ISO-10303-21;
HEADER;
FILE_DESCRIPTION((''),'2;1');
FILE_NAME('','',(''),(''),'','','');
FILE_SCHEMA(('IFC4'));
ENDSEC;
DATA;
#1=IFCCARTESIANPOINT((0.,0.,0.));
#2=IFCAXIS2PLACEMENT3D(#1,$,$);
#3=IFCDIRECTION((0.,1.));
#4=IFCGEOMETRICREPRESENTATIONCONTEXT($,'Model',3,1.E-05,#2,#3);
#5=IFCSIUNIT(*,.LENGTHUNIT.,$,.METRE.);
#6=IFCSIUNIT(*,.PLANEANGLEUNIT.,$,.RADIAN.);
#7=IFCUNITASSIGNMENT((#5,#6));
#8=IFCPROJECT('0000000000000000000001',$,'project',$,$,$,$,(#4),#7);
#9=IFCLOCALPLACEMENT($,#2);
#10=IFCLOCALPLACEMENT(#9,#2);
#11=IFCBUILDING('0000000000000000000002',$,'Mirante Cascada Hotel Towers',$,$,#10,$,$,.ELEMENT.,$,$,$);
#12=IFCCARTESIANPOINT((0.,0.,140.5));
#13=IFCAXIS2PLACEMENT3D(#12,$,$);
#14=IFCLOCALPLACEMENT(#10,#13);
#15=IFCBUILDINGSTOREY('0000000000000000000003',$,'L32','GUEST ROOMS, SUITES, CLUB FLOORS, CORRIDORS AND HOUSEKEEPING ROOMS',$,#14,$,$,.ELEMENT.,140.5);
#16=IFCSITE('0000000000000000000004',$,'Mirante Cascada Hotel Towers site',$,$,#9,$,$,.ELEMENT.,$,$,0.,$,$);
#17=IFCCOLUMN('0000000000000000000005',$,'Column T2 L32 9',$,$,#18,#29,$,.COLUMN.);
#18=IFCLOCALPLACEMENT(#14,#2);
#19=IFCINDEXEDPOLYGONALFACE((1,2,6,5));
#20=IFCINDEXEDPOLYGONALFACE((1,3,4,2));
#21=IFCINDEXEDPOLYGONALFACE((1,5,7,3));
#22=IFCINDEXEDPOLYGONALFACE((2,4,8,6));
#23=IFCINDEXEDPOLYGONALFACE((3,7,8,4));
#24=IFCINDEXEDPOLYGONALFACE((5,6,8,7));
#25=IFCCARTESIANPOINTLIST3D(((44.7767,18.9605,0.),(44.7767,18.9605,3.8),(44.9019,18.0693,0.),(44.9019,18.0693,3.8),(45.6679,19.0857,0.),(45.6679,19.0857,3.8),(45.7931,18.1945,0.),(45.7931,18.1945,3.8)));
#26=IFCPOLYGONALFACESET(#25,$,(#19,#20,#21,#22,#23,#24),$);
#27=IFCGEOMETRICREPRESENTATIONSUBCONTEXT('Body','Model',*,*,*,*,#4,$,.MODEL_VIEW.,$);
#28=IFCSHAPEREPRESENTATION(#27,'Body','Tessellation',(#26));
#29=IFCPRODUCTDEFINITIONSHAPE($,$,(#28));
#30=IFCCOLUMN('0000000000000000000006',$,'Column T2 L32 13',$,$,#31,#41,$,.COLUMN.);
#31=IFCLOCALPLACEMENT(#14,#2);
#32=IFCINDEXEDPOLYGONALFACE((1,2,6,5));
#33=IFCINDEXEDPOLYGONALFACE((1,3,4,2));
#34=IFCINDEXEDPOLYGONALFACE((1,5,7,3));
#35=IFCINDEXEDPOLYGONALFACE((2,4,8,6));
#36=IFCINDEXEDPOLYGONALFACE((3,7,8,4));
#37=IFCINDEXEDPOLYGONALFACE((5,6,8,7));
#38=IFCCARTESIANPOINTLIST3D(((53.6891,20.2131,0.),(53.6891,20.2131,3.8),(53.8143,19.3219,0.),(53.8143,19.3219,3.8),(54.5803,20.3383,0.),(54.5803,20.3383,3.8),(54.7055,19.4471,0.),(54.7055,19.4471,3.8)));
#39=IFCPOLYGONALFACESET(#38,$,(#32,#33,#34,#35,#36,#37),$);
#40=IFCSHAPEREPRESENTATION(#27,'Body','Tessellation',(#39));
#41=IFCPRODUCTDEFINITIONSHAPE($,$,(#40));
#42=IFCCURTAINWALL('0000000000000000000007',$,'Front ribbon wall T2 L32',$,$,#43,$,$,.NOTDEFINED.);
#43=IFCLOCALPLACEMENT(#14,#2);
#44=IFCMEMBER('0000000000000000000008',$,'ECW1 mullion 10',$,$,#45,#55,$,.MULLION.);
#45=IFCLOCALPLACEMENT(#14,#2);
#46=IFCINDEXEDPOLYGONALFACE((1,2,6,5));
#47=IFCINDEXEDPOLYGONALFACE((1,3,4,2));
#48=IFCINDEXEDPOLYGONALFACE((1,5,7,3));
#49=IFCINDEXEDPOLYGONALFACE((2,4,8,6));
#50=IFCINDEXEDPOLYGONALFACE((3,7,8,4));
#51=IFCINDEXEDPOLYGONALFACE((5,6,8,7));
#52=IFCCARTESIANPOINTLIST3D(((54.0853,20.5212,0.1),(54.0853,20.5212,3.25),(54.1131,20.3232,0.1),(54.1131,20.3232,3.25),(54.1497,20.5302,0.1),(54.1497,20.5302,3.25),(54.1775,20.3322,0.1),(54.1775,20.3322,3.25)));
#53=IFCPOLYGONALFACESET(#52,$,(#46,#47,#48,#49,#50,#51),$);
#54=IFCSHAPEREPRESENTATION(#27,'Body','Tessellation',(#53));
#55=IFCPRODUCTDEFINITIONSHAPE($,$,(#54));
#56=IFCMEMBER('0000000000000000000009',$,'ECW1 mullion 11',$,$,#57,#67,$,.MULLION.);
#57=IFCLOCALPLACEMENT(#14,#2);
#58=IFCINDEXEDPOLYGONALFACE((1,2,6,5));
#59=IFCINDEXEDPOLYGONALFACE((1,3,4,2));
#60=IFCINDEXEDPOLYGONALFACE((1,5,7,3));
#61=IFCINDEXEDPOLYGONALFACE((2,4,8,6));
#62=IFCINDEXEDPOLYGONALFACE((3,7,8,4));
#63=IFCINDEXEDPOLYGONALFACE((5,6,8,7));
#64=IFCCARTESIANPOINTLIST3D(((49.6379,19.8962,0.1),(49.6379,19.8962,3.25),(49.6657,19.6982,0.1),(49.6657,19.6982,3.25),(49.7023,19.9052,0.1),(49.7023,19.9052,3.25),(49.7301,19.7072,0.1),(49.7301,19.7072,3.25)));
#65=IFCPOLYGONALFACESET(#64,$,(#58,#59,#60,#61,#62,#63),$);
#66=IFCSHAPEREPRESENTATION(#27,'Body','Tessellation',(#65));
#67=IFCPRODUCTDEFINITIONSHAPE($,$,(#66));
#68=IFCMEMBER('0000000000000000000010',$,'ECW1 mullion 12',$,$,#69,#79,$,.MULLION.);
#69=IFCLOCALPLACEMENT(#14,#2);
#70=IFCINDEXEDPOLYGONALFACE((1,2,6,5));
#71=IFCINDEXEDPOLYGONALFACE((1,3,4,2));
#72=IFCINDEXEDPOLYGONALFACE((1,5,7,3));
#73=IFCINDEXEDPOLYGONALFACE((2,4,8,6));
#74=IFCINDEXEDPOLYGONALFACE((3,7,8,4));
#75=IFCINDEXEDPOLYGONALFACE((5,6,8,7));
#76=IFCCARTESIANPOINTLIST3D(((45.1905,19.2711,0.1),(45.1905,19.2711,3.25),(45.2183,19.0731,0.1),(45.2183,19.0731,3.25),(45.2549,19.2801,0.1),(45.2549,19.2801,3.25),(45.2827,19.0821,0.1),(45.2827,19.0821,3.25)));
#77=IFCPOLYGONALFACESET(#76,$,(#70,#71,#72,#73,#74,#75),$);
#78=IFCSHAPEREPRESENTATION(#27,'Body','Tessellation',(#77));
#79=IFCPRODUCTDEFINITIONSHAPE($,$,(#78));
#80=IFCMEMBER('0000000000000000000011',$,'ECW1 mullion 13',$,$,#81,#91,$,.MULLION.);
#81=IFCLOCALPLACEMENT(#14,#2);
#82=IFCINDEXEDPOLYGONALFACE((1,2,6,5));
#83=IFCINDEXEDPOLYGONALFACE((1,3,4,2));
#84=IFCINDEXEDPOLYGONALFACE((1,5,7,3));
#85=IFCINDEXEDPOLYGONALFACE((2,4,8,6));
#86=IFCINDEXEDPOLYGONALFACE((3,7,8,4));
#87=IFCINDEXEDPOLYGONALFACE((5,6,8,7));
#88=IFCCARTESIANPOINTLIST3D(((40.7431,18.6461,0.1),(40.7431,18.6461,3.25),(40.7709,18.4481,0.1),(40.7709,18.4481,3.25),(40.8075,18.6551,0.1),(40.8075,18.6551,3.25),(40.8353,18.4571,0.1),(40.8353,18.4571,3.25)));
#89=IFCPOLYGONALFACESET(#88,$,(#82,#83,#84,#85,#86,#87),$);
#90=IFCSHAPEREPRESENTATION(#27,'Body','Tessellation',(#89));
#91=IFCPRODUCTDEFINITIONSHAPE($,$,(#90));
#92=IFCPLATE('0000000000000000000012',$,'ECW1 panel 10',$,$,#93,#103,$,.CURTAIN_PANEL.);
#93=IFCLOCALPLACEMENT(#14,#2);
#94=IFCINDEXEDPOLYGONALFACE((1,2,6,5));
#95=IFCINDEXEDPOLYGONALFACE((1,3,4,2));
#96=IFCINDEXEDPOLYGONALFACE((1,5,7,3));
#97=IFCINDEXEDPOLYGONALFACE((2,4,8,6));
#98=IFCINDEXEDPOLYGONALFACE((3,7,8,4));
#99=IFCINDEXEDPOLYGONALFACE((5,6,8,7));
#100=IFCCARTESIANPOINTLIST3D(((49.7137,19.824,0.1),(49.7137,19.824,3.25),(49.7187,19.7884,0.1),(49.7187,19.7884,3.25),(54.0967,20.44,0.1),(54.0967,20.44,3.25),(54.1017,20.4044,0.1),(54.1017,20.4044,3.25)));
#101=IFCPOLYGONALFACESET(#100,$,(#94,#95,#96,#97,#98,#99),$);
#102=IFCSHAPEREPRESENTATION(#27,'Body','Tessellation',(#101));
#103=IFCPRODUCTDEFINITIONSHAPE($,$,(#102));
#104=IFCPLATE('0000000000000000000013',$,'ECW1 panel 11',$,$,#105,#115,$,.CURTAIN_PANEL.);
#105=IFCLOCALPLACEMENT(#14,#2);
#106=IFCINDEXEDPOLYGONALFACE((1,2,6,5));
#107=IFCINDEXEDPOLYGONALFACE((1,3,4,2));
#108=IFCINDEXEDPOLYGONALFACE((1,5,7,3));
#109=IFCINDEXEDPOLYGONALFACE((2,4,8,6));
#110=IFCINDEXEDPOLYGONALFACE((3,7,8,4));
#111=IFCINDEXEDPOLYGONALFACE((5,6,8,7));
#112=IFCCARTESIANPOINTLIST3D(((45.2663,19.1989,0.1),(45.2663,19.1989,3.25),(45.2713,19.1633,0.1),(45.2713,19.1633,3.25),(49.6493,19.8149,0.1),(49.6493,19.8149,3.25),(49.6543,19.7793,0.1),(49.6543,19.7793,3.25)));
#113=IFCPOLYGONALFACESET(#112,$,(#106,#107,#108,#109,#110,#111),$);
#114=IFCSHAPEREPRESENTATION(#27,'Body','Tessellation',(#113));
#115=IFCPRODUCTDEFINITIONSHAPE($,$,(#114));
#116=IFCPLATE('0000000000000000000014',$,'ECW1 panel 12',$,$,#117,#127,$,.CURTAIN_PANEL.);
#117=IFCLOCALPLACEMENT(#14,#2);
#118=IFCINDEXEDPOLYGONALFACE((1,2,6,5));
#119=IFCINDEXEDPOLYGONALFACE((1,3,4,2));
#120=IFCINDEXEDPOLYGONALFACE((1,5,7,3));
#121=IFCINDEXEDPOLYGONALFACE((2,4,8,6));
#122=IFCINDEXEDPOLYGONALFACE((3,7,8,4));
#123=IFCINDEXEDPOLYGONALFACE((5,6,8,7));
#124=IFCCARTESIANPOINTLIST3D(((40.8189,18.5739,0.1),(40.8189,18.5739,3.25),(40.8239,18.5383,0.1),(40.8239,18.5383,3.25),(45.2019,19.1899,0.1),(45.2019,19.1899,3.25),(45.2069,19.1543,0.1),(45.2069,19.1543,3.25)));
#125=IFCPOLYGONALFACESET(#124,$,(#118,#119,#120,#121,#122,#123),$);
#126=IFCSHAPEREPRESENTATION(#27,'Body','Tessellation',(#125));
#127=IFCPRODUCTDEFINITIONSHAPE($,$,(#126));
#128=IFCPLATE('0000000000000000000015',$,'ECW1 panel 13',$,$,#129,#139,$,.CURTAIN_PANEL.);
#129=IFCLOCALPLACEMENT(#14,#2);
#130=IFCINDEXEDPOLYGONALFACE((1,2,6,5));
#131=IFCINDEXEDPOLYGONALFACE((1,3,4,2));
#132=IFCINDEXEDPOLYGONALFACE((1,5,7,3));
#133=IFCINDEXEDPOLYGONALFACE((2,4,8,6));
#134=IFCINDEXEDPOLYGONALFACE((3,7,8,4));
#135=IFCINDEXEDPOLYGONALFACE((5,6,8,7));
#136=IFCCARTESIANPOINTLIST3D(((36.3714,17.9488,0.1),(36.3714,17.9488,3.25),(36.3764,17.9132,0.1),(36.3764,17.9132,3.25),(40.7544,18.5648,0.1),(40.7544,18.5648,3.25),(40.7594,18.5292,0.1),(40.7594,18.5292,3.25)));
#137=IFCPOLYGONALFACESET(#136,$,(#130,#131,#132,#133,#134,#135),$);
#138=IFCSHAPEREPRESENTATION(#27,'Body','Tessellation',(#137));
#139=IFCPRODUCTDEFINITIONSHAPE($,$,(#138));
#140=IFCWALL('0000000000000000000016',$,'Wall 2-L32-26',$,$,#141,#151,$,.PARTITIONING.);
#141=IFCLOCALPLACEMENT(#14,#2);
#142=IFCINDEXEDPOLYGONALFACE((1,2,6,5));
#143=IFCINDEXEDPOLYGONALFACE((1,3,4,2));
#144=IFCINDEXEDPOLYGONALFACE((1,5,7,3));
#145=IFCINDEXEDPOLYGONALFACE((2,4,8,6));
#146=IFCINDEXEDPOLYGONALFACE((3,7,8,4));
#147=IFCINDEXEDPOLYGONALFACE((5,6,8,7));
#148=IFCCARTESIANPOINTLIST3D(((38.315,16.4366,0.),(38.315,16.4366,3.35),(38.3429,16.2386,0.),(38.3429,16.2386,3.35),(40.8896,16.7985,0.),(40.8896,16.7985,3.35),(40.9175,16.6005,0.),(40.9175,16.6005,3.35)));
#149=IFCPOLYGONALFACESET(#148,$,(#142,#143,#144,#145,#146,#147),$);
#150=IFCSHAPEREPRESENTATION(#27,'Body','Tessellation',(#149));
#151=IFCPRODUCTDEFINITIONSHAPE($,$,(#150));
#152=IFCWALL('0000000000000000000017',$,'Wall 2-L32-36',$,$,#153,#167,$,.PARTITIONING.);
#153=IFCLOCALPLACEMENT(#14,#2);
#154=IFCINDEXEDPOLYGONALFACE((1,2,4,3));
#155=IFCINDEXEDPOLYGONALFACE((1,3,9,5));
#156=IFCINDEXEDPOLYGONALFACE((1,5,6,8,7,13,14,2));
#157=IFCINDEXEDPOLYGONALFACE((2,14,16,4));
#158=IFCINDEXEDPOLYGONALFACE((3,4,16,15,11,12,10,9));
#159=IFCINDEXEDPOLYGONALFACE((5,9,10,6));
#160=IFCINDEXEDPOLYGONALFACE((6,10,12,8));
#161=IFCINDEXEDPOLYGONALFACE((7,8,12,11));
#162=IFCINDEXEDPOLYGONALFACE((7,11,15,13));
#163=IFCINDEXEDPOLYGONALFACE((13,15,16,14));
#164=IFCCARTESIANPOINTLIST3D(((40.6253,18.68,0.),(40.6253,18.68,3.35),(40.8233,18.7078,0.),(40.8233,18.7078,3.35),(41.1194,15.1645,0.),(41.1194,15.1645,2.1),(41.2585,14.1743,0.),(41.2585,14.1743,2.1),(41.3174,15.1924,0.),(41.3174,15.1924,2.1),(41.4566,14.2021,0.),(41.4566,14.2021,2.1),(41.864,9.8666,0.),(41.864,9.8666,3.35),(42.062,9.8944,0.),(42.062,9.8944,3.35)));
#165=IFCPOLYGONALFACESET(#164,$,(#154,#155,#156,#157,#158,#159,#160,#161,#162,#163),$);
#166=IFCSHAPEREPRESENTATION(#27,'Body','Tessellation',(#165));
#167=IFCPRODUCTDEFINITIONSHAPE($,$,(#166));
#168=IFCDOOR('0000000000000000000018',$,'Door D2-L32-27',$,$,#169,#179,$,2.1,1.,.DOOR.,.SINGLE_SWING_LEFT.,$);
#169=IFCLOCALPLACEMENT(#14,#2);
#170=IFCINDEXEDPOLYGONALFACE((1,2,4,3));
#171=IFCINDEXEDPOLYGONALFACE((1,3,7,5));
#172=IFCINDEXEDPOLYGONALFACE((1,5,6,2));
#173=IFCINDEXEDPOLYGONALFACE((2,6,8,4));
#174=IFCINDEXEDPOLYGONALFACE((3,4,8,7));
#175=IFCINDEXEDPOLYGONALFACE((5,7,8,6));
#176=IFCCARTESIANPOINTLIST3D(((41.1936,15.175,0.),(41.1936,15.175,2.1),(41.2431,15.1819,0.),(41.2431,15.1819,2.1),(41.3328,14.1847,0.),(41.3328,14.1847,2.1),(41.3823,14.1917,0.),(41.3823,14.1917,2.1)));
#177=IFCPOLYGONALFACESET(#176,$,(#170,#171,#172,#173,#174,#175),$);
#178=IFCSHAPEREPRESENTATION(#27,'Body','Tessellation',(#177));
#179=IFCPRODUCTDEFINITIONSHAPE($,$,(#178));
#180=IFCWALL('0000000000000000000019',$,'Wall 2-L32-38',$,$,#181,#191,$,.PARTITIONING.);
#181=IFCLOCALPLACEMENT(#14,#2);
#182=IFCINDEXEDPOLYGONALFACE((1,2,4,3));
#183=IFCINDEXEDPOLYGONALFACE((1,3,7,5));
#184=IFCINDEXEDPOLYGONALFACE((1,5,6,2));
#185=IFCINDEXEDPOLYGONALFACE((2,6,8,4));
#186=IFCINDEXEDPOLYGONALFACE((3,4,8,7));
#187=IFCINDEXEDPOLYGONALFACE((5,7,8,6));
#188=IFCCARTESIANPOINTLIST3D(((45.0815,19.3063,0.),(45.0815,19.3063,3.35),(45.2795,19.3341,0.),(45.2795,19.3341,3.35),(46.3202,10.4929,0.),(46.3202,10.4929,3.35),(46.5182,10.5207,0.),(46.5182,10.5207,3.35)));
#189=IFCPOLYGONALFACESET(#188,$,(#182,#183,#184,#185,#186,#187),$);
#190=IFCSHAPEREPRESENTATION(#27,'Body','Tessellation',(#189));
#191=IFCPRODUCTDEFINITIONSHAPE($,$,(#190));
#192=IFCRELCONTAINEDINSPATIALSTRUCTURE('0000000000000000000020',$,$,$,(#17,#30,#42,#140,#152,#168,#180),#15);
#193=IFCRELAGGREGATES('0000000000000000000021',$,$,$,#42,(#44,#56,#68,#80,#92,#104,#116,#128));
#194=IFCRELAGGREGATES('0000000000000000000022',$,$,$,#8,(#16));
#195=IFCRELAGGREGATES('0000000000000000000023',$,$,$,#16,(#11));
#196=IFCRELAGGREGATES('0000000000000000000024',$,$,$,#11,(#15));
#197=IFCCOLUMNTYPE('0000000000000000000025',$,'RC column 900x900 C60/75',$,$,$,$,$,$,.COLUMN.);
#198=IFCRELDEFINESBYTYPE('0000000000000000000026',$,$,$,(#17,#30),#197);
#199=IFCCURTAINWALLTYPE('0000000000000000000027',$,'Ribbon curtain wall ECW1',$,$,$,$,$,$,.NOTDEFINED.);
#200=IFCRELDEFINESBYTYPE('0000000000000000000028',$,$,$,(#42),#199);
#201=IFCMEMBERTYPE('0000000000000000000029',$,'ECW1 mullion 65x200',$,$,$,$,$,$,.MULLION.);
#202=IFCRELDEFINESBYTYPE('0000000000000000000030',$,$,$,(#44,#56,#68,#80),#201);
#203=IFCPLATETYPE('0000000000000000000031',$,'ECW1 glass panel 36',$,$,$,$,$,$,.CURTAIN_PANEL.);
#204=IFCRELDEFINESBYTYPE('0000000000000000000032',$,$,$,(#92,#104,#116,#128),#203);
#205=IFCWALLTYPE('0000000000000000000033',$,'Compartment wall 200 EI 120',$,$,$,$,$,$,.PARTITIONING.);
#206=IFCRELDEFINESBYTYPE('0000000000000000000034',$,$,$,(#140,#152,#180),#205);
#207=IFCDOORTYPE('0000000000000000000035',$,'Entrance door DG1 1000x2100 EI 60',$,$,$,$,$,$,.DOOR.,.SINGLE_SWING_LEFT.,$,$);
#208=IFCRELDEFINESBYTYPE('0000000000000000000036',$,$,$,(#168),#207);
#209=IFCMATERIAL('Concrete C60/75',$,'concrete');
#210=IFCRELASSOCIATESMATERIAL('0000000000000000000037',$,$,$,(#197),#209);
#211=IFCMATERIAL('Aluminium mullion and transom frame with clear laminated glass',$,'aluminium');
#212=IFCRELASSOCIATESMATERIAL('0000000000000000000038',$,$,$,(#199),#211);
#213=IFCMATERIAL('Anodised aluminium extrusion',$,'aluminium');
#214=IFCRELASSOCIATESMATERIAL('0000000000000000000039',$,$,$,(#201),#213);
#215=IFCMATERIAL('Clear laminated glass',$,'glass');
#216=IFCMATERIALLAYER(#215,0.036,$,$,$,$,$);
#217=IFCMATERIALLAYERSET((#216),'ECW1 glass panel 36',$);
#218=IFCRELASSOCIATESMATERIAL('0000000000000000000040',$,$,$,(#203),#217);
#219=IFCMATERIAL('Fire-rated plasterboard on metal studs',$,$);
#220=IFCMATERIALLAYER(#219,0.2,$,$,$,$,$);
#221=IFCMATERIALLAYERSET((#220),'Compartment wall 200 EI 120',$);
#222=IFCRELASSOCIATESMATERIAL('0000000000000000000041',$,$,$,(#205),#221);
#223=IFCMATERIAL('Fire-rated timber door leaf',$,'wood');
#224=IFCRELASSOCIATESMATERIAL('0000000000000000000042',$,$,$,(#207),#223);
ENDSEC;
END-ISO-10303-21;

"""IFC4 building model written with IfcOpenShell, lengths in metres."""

from ifc_helpers import new_model, si_unit, direction, frame, frame_2d, origin, origin_2d, place, context, subcontext, project, spatial, rectangle, extrude, material, layer, layer_set, material_profile, profile_set, type_object, element, fill, aggregate, save


model = new_model("IFC4")

# Units and contexts
model_context = context("Model", 3, precision=1e-05, world=origin(), true_north=direction((0.0, 1.0)))
body_context = subcontext(model_context, "Body", "Model", "MODEL_VIEW")
ifc_project = project(units=[si_unit("LENGTHUNIT", "METRE"), si_unit("PLANEANGLEUNIT", "RADIAN")], contexts=[model_context])

# Site, building, storey
site_placement = place(None, origin())
site = spatial("IfcSite", under=ifc_project, at=site_placement, Name="Mirante Cascada Hotel Towers site", CompositionType="ELEMENT", RefElevation=0.0)
building_placement = place(site_placement, origin())
building = spatial("IfcBuilding", under=site, at=building_placement, Name="Mirante Cascada Hotel Towers", CompositionType="ELEMENT")
storey_placement = place(building_placement, frame((0.0, 0.0, 140.5)))
storey = spatial("IfcBuildingStorey", under=building, at=storey_placement, Name="L32", Description="GUEST ROOMS, SUITES, CLUB FLOORS, CORRIDORS AND HOUSEKEEPING ROOMS", CompositionType="ELEMENT", Elevation=140.5)

# Columns
ifc_material_1 = material(Name="Concrete C60/75", Category="concrete")
ifc_material_profile_1 = material_profile(ifc_material_1, rectangle(XDim=0.9, YDim=0.9, at=origin_2d()), Name="RC column 900x900 C60/75")
ifc_profile_set_1 = profile_set([ifc_material_profile_1], Name="Concrete C60/75")
column_type = type_object("IfcColumnType", Name="RC column 900x900 C60/75", PredefinedType="COLUMN", material=ifc_profile_set_1)
for number, where, z_axis, x_axis, name in (
    (1, (45.2849, 18.5775, 0.0), (0.0, 0.0, 1.0), (0.990268, 0.139173, 0.0), "Column T2 L32 9"),
    (2, (54.1973, 19.8301, 0.0), (0.0, 0.0, 1.0), (0.990268, 0.139173, 0.0), "Column T2 L32 13"),
):
    element("IfcColumn", number, at=place(storey_placement, frame(where, z_axis=z_axis, x_axis=x_axis)), inside=storey, type_object=column_type, Name=name, PredefinedType="COLUMN", context=body_context, shape_type="SweptSolid", body=[
        extrude(rectangle(XDim=0.9, YDim=0.9, at=origin_2d()), origin(), (0.0, 0.0, 1.0), 3.8),
    ])

# Curtain wall, members, plates
ifc_material_2 = material(Name="Aluminium mullion and transom frame with clear laminated glass", Category="aluminium")
curtain_wall_type = type_object("IfcCurtainWallType", Name="Ribbon curtain wall ECW1", PredefinedType="NOTDEFINED", material=ifc_material_2)
curtain_wall_placement = place(storey_placement, origin())
curtain_wall = element("IfcCurtainWall", 3, at=curtain_wall_placement, inside=storey, type_object=curtain_wall_type, Name="Front ribbon wall T2 L32", PredefinedType="NOTDEFINED")
ifc_material_3 = material(Name="Anodised aluminium extrusion", Category="aluminium")
ifc_material_profile_2 = material_profile(ifc_material_3, rectangle(XDim=0.2, YDim=0.065, at=origin_2d()), Name="ECW1 MULLION 65x200")
ifc_profile_set_2 = profile_set([ifc_material_profile_2], Name="Anodised aluminium extrusion")
member_type = type_object("IfcMemberType", Name="ECW1 mullion 65x200", PredefinedType="MULLION", material=ifc_profile_set_2)
member_1_placement = place(storey_placement, frame((54.1314, 20.4267, 0.1), z_axis=(0.0, 0.0, 1.0), x_axis=(0.139173, -0.990268, 0.0)))
member_1 = element("IfcMember", 4, at=member_1_placement, type_object=member_type, Name="ECW1 mullion 10", PredefinedType="MULLION", context=body_context, shape_type="SweptSolid", body=[
    extrude(rectangle(XDim=0.2, YDim=0.065, at=origin_2d()), origin(), (0.0, 0.0, 1.0), 3.15),
])
member_2_placement = place(storey_placement, frame((49.684, 19.8017, 0.1), z_axis=(0.0, 0.0, 1.0), x_axis=(0.139173, -0.990268, 0.0)))
member_2 = element("IfcMember", 5, at=member_2_placement, type_object=member_type, Name="ECW1 mullion 11", PredefinedType="MULLION", context=body_context, shape_type="SweptSolid", body=[
    extrude(rectangle(XDim=0.2, YDim=0.065, at=origin_2d()), origin(), (0.0, 0.0, 1.0), 3.15),
])
member_3_placement = place(storey_placement, frame((45.2366, 19.1766, 0.1), z_axis=(0.0, 0.0, 1.0), x_axis=(0.139173, -0.990268, 0.0)))
member_3 = element("IfcMember", 6, at=member_3_placement, type_object=member_type, Name="ECW1 mullion 12", PredefinedType="MULLION", context=body_context, shape_type="SweptSolid", body=[
    extrude(rectangle(XDim=0.2, YDim=0.065, at=origin_2d()), origin(), (0.0, 0.0, 1.0), 3.15),
])
member_4_placement = place(storey_placement, frame((40.7892, 18.5516, 0.1), z_axis=(0.0, 0.0, 1.0), x_axis=(0.139173, -0.990268, 0.0)))
member_4 = element("IfcMember", 7, at=member_4_placement, type_object=member_type, Name="ECW1 mullion 13", PredefinedType="MULLION", context=body_context, shape_type="SweptSolid", body=[
    extrude(rectangle(XDim=0.2, YDim=0.065, at=origin_2d()), origin(), (0.0, 0.0, 1.0), 3.15),
])
ifc_material_4 = material(Name="Clear laminated glass", Category="glass")
ifc_layer_1 = layer(ifc_material_4, 0.036)
ifc_layer_set_1 = layer_set([ifc_layer_1], Name="ECW1 glass panel 36")
plate_type = type_object("IfcPlateType", Name="ECW1 glass panel 36", PredefinedType="CURTAIN_PANEL", material=ifc_layer_set_1)
plate_1_placement = place(storey_placement, frame((51.9077, 20.1142, 0.1), z_axis=(0.0, 0.0, 1.0), x_axis=(-0.990268, -0.139173, 0.0)))
plate_1 = element("IfcPlate", 8, at=plate_1_placement, type_object=plate_type, Name="ECW1 panel 10", PredefinedType="CURTAIN_PANEL", context=body_context, shape_type="SweptSolid", body=[
    extrude(rectangle(XDim=4.4261, YDim=0.036, at=origin_2d()), origin(), (0.0, 0.0, 1.0), 3.15),
])
plate_2_placement = place(storey_placement, frame((47.4603, 19.4891, 0.1), z_axis=(0.0, 0.0, 1.0), x_axis=(-0.990268, -0.139173, 0.0)))
plate_2 = element("IfcPlate", 9, at=plate_2_placement, type_object=plate_type, Name="ECW1 panel 11", PredefinedType="CURTAIN_PANEL", context=body_context, shape_type="SweptSolid", body=[
    extrude(rectangle(XDim=4.4261, YDim=0.036, at=origin_2d()), origin(), (0.0, 0.0, 1.0), 3.15),
])
plate_3_placement = place(storey_placement, frame((43.0129, 18.8641, 0.1), z_axis=(0.0, 0.0, 1.0), x_axis=(-0.990268, -0.139173, 0.0)))
plate_3 = element("IfcPlate", 10, at=plate_3_placement, type_object=plate_type, Name="ECW1 panel 12", PredefinedType="CURTAIN_PANEL", context=body_context, shape_type="SweptSolid", body=[
    extrude(rectangle(XDim=4.4261, YDim=0.036, at=origin_2d()), origin(), (0.0, 0.0, 1.0), 3.15),
])
plate_4_placement = place(storey_placement, frame((38.5654, 18.239, 0.1), z_axis=(0.0, 0.0, 1.0), x_axis=(-0.990268, -0.139173, 0.0)))
plate_4 = element("IfcPlate", 11, at=plate_4_placement, type_object=plate_type, Name="ECW1 panel 13", PredefinedType="CURTAIN_PANEL", context=body_context, shape_type="SweptSolid", body=[
    extrude(rectangle(XDim=4.4261, YDim=0.036, at=origin_2d()), origin(), (0.0, 0.0, 1.0), 3.15),
])
aggregate(curtain_wall, [member_1, member_2, member_3, member_4, plate_1, plate_2, plate_3, plate_4])

# Wall
ifc_material_5 = material(Name="Fire-rated plasterboard on metal studs")
ifc_layer_2 = layer(ifc_material_5, 0.2)
ifc_layer_set_2 = layer_set([ifc_layer_2], Name="Compartment wall 200 EI 120")
wall_type_1 = type_object("IfcWallType", Name="Compartment wall 200 EI 120", PredefinedType="PARTITIONING", material=ifc_layer_set_2)
wall_1_placement = place(storey_placement, frame((40.9036, 16.6995, 0.0), z_axis=(0.0, 0.0, 1.0), x_axis=(-0.990265, -0.139197, 0.0)))
element("IfcWall", 12, at=wall_1_placement, inside=storey, type_object=wall_type_1, Name="Wall 2-L32-26", PredefinedType="PARTITIONING", context=body_context, shape_type="SweptSolid", body=[
    extrude(rectangle(XDim=2.5999, YDim=0.2, at=frame_2d((1.3, 0.0))), origin(), (0.0, 0.0, 1.0), 3.35),
])

# Wall, opening, door
wall_2_placement = place(storey_placement, frame((40.7243, 18.6939, 0.0), z_axis=(0.0, 0.0, 1.0), x_axis=(0.139179, -0.990267, 0.0)))
wall_2 = element("IfcWall", 13, at=wall_2_placement, inside=storey, type_object=wall_type_1, Name="Wall 2-L32-36", PredefinedType="PARTITIONING", context=body_context, shape_type="SweptSolid", body=[
    extrude(rectangle(XDim=8.9, YDim=0.2, at=frame_2d((4.45, 0.0))), origin(), (0.0, 0.0, 1.0), 3.35),
])
opening_1_placement = place(wall_2_placement, frame((3.55, 0.0, 0.0)))
opening_1 = element("IfcOpeningElement", 14, at=opening_1_placement, cuts=wall_2, PredefinedType="OPENING", context=body_context, shape_type="SweptSolid", body=[
    extrude(rectangle(XDim=1.0, YDim=2.1, at=frame_2d((0.5, 1.05))), frame((0.0, 0.1, 0.0), z_axis=(0.0, -1.0, 0.0), x_axis=(1.0, 0.0, 0.0)), (0.0, 0.0, 1.0), 0.2),
])
ifc_material_6 = material(Name="Fire-rated timber door leaf", Category="wood")
door_type_1 = type_object("IfcDoorType", Name="Entrance door DG1 1000x2100 EI 60", OperationType="SINGLE_SWING_LEFT", PredefinedType="DOOR", material=ifc_material_6)
door_1_placement = place(opening_1_placement, origin())
door_1 = element("IfcDoor", 15, at=door_1_placement, inside=storey, type_object=door_type_1, Name="Door D2-L32-27", OperationType="SINGLE_SWING_LEFT", OverallHeight=2.1, OverallWidth=1.0, PredefinedType="DOOR", context=body_context, shape_type="SweptSolid", body=[
    extrude(rectangle(XDim=1.0, YDim=2.1, at=frame_2d((0.5, 1.05))), frame((0.0, 0.025, 0.0), z_axis=(0.0, -1.0, 0.0), x_axis=(1.0, 0.0, 0.0)), (0.0, 0.0, 1.0), 0.05),
])
fill(opening_1, door_1)

# Wall
for number, where, z_axis, x_axis, name in (
    (16, (45.1805, 19.3202, 0.0), (0.0, 0.0, 1.0), (0.139179, -0.990267, 0.0), "Wall 2-L32-38"),
):
    element("IfcWall", number, at=place(storey_placement, frame(where, z_axis=z_axis, x_axis=x_axis)), inside=storey, type_object=wall_type_1, Name=name, PredefinedType="PARTITIONING", context=body_context, shape_type="SweptSolid", body=[
        extrude(rectangle(XDim=8.9, YDim=0.2, at=frame_2d((4.45, 0.0))), origin(), (0.0, 0.0, 1.0), 3.35),
    ])

save(model, "model.ifc")
